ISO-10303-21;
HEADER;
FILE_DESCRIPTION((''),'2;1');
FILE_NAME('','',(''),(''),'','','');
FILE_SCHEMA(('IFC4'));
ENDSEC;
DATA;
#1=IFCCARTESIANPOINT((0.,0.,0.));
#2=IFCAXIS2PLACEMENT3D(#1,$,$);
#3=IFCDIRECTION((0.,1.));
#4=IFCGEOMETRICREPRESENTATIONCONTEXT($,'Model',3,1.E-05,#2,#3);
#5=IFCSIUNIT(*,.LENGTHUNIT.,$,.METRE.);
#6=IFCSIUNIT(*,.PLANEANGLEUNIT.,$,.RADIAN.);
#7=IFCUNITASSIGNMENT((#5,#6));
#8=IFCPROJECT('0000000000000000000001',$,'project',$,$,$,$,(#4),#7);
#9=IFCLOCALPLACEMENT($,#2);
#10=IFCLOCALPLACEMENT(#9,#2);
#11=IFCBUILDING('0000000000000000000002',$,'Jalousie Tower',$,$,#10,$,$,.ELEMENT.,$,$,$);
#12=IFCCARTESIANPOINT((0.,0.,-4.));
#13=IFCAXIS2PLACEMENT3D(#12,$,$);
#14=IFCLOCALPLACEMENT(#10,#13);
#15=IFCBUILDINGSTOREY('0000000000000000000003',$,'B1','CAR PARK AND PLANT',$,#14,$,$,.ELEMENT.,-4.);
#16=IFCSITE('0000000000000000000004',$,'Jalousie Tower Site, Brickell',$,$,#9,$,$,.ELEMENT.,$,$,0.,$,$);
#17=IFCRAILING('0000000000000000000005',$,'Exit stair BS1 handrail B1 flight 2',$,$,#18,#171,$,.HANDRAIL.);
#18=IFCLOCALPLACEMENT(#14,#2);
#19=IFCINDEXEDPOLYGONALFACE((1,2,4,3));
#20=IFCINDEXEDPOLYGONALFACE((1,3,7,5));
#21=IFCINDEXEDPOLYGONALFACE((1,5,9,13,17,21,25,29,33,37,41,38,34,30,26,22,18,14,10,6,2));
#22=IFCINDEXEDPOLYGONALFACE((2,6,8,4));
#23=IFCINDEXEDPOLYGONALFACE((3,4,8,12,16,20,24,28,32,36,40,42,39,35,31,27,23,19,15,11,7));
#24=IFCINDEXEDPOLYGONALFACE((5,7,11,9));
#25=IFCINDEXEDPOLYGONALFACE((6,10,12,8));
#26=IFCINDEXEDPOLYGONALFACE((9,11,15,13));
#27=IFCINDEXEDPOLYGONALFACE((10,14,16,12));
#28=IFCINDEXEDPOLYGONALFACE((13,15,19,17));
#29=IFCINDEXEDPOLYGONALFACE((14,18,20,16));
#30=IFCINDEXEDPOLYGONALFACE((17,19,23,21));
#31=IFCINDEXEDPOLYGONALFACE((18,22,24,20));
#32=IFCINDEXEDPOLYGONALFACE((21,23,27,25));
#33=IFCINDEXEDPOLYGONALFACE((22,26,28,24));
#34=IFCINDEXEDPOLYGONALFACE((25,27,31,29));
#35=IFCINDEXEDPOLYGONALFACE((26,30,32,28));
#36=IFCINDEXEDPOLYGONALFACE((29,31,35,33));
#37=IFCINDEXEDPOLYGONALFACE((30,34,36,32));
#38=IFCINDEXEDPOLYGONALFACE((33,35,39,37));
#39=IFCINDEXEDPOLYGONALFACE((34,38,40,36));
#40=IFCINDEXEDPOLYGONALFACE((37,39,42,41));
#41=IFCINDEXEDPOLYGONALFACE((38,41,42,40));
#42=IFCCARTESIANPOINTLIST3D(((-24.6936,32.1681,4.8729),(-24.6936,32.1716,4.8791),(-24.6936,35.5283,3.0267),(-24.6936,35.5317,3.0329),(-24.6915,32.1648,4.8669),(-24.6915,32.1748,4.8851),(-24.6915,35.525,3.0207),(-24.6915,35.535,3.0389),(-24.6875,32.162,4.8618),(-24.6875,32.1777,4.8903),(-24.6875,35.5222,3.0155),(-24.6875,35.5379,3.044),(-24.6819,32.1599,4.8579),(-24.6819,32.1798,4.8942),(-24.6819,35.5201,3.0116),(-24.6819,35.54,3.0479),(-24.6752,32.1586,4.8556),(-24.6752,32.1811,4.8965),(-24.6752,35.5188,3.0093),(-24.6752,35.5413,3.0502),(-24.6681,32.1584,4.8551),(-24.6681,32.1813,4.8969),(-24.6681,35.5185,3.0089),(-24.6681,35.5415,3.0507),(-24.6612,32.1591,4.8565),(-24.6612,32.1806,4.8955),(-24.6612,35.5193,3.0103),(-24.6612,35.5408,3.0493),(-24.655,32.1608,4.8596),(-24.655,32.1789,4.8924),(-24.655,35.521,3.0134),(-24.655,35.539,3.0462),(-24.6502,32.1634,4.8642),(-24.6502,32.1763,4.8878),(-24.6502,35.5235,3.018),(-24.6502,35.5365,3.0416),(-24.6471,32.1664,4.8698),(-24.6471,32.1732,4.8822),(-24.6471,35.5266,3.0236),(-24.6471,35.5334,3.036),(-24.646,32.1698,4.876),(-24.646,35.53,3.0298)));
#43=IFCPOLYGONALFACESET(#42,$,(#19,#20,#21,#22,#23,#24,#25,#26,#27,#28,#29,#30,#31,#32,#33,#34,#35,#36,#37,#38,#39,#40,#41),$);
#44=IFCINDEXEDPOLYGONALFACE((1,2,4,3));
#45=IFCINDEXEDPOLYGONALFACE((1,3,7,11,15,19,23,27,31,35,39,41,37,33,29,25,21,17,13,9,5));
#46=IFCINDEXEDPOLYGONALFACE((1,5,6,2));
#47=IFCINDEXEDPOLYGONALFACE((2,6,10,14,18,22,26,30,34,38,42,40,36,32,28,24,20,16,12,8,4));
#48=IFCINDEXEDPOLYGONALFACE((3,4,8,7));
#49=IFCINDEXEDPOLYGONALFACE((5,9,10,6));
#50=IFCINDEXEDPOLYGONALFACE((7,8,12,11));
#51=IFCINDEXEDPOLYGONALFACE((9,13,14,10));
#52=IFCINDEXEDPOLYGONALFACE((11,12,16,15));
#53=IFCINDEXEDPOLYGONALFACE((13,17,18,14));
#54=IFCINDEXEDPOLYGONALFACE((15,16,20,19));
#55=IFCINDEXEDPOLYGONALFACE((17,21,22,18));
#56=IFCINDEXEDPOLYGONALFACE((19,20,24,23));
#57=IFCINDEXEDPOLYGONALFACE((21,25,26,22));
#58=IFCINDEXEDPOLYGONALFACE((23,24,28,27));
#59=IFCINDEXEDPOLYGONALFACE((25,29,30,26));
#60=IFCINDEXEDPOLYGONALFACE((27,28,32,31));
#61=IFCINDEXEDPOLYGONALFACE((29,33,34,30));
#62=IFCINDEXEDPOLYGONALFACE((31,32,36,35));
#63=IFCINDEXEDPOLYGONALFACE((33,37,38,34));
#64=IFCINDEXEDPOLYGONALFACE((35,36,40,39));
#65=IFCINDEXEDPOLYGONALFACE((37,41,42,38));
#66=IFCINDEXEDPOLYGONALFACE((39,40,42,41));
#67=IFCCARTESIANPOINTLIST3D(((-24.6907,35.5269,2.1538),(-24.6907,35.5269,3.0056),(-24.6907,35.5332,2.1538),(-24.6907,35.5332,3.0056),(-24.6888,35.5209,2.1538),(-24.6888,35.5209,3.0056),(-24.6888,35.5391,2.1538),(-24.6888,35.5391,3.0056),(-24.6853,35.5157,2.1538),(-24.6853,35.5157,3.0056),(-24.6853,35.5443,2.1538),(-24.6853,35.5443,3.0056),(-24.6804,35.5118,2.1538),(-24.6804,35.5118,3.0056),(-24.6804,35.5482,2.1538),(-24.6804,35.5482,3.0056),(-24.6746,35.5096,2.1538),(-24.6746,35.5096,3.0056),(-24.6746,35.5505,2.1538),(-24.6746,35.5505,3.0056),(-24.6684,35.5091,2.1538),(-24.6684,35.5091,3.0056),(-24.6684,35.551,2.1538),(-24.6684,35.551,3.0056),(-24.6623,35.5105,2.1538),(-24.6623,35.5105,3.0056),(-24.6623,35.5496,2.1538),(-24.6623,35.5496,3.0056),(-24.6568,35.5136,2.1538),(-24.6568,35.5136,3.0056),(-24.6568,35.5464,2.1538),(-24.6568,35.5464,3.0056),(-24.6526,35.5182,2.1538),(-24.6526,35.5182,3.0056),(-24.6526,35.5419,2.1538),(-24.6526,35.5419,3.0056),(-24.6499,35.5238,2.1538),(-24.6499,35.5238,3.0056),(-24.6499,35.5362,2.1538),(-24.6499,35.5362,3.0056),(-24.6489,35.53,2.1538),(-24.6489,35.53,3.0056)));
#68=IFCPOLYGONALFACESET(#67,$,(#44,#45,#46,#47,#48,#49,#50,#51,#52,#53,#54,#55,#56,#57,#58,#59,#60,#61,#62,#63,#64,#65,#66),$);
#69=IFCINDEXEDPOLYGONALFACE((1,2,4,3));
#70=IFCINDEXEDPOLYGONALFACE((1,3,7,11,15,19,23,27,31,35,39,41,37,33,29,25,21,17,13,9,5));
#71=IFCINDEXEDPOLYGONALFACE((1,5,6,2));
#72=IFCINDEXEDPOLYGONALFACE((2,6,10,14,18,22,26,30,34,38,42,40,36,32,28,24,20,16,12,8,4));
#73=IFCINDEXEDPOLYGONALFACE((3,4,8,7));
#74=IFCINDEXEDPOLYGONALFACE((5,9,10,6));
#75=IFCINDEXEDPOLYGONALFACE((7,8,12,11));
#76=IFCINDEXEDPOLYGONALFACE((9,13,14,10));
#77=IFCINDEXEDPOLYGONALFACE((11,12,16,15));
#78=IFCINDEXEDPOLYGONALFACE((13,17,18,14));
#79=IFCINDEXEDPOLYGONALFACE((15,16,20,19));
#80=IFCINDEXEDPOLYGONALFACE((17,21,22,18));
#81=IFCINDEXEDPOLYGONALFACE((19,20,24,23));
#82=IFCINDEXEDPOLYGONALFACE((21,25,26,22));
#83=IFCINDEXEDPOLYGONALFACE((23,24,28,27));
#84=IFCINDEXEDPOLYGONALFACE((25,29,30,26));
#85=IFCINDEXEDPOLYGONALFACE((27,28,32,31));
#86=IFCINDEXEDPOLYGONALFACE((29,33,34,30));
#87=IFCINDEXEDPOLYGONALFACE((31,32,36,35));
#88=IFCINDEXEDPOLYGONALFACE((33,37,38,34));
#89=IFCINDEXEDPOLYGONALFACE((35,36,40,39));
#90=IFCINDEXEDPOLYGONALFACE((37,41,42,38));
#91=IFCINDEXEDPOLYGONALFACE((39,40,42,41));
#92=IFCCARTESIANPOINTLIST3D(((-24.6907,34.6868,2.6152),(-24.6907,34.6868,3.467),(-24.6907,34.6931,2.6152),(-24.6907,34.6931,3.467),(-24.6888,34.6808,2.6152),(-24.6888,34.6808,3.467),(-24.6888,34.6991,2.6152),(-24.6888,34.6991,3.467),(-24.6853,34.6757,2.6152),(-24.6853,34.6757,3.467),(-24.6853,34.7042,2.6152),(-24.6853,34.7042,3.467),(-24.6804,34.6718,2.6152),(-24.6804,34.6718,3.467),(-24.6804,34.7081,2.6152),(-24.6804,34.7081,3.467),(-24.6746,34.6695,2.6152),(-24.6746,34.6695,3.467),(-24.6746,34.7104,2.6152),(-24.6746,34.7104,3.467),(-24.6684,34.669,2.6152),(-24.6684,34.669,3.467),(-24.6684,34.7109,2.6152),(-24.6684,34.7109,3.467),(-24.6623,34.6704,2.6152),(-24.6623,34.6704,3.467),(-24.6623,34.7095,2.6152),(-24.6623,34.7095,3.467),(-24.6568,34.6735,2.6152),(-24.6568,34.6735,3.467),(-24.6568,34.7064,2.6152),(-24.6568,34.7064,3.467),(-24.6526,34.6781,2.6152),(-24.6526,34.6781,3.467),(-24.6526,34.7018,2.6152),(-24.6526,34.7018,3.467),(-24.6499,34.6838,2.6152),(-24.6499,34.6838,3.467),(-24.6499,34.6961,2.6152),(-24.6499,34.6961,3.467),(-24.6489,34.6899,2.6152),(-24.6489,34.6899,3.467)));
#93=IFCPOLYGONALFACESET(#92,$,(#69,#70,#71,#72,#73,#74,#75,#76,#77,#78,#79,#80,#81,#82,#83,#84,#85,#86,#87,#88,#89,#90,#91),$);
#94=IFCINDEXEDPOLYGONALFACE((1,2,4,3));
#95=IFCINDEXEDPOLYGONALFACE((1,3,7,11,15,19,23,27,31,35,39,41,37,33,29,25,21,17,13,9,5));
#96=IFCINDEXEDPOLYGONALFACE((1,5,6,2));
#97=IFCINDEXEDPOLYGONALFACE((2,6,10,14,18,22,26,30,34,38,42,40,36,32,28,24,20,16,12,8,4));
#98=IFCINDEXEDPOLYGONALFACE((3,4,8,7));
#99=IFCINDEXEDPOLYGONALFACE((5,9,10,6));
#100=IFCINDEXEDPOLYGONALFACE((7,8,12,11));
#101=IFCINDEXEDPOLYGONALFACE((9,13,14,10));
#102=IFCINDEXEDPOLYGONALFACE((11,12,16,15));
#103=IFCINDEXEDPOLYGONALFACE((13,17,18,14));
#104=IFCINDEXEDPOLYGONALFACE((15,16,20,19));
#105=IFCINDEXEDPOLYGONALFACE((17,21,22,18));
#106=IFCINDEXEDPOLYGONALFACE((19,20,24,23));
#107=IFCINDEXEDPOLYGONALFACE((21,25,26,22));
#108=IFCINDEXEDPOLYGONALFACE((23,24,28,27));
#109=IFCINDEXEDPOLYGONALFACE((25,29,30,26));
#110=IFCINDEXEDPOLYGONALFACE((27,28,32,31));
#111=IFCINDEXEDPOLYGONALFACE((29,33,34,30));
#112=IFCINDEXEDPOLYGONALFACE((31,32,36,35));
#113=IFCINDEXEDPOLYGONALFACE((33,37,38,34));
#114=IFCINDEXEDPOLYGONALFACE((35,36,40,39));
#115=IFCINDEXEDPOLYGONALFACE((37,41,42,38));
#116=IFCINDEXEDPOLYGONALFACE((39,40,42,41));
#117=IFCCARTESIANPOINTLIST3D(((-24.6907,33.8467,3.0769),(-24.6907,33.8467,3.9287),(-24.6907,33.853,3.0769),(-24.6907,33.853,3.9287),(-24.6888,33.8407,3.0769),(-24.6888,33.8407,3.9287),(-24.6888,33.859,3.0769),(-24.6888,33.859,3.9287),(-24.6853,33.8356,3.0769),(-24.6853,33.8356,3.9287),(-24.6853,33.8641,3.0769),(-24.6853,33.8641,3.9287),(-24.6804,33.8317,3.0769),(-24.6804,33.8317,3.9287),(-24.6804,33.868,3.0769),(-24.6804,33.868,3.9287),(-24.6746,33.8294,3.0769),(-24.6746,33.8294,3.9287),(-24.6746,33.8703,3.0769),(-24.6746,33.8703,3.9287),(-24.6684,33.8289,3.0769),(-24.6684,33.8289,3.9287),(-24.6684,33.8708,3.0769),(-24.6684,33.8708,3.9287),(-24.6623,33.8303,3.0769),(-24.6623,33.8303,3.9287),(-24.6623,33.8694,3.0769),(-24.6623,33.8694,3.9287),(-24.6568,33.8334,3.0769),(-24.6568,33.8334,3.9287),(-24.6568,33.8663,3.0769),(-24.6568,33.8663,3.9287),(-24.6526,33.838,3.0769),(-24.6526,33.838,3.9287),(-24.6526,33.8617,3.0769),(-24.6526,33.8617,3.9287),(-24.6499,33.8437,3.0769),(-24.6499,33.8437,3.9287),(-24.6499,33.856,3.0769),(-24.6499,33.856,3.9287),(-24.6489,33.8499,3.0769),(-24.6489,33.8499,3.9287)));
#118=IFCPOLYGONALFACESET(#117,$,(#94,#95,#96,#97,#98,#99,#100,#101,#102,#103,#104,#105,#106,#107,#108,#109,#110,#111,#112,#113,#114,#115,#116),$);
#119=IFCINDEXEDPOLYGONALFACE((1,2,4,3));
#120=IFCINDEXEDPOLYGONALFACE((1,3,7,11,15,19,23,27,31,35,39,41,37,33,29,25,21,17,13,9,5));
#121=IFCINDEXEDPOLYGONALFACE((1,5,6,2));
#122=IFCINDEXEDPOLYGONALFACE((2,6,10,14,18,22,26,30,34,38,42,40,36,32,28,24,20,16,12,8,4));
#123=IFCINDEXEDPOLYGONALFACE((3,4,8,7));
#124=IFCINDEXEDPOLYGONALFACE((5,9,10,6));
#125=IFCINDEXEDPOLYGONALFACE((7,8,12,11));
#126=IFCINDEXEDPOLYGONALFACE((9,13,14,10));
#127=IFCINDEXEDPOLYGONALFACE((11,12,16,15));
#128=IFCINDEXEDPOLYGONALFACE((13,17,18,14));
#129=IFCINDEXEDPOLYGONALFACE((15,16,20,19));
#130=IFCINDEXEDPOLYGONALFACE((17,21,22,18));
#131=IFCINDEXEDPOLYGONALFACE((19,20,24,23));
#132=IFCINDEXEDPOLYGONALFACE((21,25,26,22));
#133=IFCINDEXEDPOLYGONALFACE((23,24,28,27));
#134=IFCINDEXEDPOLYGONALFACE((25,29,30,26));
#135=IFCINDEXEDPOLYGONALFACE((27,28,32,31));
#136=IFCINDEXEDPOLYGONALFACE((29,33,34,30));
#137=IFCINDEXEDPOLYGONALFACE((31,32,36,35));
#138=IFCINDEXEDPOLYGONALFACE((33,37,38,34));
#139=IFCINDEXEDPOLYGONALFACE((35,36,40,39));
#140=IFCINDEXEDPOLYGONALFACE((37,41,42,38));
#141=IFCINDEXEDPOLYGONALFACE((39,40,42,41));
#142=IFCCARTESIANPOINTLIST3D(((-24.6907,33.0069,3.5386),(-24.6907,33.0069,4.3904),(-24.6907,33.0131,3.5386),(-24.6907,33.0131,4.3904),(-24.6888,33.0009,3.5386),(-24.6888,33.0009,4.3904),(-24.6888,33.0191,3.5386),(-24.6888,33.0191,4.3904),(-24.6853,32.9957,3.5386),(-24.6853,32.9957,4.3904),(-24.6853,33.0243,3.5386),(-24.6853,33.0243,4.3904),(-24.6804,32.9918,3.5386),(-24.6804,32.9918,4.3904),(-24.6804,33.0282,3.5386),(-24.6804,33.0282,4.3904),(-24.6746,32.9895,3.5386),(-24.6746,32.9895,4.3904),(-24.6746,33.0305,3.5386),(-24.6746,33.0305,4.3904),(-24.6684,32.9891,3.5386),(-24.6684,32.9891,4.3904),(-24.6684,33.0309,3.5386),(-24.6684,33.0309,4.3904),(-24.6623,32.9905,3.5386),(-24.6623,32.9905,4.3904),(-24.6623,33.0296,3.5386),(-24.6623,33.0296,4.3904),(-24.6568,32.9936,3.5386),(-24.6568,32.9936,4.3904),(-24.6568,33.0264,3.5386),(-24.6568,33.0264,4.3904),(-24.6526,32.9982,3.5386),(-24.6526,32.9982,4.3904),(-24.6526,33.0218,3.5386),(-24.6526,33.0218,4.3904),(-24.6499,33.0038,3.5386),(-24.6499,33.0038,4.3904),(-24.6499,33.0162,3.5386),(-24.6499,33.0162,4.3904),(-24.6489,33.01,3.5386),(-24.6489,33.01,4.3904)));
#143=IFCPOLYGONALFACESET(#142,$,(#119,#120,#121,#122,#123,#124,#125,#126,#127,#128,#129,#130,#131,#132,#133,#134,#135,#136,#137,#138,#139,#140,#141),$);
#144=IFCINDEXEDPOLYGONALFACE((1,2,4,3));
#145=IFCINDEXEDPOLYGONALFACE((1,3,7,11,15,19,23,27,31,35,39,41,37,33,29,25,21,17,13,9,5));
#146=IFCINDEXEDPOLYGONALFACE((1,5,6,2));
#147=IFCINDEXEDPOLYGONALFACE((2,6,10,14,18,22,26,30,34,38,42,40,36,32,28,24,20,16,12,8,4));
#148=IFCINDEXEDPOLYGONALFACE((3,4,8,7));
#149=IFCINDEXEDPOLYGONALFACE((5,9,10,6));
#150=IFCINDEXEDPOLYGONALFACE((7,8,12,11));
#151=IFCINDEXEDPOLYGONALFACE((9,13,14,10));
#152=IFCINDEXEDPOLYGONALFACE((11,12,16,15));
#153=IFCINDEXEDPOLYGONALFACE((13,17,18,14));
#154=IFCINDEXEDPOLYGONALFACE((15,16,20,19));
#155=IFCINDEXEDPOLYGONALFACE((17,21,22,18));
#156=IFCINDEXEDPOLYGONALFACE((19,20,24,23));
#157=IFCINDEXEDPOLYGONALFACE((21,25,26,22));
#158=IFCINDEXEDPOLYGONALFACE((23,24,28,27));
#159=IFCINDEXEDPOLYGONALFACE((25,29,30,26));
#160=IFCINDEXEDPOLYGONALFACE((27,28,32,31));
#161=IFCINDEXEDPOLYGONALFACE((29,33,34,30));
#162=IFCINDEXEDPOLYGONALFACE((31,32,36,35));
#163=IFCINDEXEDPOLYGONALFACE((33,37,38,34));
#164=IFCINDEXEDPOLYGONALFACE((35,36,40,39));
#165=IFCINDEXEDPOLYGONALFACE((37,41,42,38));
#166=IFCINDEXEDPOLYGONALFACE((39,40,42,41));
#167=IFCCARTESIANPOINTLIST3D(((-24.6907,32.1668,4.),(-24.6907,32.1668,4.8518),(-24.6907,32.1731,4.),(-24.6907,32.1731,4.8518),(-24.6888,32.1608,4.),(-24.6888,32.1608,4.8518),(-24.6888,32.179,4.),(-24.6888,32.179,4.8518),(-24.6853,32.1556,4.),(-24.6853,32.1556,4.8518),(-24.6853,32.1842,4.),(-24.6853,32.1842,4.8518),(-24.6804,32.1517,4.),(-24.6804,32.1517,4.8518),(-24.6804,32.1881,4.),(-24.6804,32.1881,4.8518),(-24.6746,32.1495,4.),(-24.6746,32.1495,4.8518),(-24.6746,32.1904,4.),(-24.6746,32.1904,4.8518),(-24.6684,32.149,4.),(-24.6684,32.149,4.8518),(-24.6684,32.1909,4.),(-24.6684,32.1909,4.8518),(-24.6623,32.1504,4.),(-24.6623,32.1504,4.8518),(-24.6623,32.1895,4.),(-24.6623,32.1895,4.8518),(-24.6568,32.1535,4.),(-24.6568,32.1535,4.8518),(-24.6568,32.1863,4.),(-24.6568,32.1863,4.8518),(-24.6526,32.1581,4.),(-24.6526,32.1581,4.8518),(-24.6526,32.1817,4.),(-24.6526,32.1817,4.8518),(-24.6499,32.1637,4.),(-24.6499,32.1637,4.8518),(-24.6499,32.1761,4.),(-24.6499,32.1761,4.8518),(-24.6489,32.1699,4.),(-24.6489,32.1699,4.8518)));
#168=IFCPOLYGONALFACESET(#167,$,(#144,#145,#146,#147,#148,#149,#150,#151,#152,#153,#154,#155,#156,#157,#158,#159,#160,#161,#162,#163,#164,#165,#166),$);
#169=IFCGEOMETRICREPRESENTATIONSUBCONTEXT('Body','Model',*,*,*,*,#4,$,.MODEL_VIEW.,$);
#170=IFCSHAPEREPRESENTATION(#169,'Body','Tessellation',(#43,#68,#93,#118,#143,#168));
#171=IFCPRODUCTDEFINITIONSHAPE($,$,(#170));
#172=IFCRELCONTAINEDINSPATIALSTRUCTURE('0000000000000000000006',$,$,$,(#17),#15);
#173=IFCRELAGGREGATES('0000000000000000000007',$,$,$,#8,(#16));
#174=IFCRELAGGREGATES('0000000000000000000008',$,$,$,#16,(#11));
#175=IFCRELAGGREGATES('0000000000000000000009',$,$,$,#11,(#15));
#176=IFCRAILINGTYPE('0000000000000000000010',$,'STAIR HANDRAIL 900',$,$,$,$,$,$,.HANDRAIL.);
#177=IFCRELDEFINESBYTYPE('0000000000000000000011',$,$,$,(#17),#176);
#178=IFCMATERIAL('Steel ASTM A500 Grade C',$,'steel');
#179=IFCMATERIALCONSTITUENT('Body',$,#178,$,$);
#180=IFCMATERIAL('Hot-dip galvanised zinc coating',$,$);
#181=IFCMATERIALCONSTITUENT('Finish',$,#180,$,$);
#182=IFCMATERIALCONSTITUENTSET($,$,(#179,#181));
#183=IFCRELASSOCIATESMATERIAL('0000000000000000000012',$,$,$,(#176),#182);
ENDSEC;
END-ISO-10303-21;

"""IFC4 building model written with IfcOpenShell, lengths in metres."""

from ifc_helpers import new_model, si_unit, direction, frame, origin, origin_2d, place, context, subcontext, project, spatial, circle, extrude, material, constituent, constituent_set, type_object, element, save


model = new_model("IFC4")

# Units and contexts
model_context = context("Model", 3, precision=1e-05, world=origin(), true_north=direction((0.0, 1.0)))
body_context = subcontext(model_context, "Body", "Model", "MODEL_VIEW")
ifc_project = project(units=[si_unit("LENGTHUNIT", "METRE"), si_unit("PLANEANGLEUNIT", "RADIAN")], contexts=[model_context])

# Site, building, storey
site_placement = place(None, origin())
site = spatial("IfcSite", under=ifc_project, at=site_placement, Name="Jalousie Tower Site, Brickell", CompositionType="ELEMENT", RefElevation=0.0)
building_placement = place(site_placement, origin())
building = spatial("IfcBuilding", under=site, at=building_placement, Name="Jalousie Tower", CompositionType="ELEMENT")
storey_placement = place(building_placement, frame((0.0, 0.0, -4.0)))
storey = spatial("IfcBuildingStorey", under=building, at=storey_placement, Name="B1", Description="CAR PARK AND PLANT", CompositionType="ELEMENT", Elevation=-4.0)

# Railing
ifc_material_1 = material(Name="Steel ASTM A500 Grade C", Category="steel")
ifc_constituent_1 = constituent(ifc_material_1, Name="Body")
ifc_material_2 = material(Name="Hot-dip galvanised zinc coating")
ifc_constituent_2 = constituent(ifc_material_2, Name="Finish")
ifc_constituent_set_1 = constituent_set(constituents=[ifc_constituent_1, ifc_constituent_2])
railing_type_1 = type_object("IfcRailingType", Name="STAIR HANDRAIL 900", PredefinedType="HANDRAIL", material=ifc_constituent_set_1)
railing_1_placement = place(storey_placement, frame((-24.6699, 35.53, 2.1538)))
element("IfcRailing", 1, at=railing_1_placement, inside=storey, type_object=railing_type_1, Name="Exit stair BS1 handrail B1 flight 2", PredefinedType="HANDRAIL", context=body_context, shape_type="SweptSolid", body=[
    extrude(circle(Radius=0.0239, at=origin_2d()), frame((0.0, 0.0, 0.876), z_axis=(0.0, -0.876422, 0.481545), x_axis=(1.0, 0.0, 0.0)), (0.0, 0.0, 1.0), 3.834),
    extrude(circle(Radius=0.021, at=origin_2d()), origin(), (0.0, 0.0, 1.0), 0.8518),
    extrude(circle(Radius=0.021, at=origin_2d()), frame((0.0, -0.8401, 0.4614)), (0.0, 0.0, 1.0), 0.8518),
    extrude(circle(Radius=0.021, at=origin_2d()), frame((0.0, -1.6802, 0.9231)), (0.0, 0.0, 1.0), 0.8518),
    extrude(circle(Radius=0.021, at=origin_2d()), frame((0.0, -2.52, 1.3848)), (0.0, 0.0, 1.0), 0.8518),
    extrude(circle(Radius=0.021, at=origin_2d()), frame((0.0, -3.3601, 1.8462)), (0.0, 0.0, 1.0), 0.8518),
])

save(model, "model.ifc")
